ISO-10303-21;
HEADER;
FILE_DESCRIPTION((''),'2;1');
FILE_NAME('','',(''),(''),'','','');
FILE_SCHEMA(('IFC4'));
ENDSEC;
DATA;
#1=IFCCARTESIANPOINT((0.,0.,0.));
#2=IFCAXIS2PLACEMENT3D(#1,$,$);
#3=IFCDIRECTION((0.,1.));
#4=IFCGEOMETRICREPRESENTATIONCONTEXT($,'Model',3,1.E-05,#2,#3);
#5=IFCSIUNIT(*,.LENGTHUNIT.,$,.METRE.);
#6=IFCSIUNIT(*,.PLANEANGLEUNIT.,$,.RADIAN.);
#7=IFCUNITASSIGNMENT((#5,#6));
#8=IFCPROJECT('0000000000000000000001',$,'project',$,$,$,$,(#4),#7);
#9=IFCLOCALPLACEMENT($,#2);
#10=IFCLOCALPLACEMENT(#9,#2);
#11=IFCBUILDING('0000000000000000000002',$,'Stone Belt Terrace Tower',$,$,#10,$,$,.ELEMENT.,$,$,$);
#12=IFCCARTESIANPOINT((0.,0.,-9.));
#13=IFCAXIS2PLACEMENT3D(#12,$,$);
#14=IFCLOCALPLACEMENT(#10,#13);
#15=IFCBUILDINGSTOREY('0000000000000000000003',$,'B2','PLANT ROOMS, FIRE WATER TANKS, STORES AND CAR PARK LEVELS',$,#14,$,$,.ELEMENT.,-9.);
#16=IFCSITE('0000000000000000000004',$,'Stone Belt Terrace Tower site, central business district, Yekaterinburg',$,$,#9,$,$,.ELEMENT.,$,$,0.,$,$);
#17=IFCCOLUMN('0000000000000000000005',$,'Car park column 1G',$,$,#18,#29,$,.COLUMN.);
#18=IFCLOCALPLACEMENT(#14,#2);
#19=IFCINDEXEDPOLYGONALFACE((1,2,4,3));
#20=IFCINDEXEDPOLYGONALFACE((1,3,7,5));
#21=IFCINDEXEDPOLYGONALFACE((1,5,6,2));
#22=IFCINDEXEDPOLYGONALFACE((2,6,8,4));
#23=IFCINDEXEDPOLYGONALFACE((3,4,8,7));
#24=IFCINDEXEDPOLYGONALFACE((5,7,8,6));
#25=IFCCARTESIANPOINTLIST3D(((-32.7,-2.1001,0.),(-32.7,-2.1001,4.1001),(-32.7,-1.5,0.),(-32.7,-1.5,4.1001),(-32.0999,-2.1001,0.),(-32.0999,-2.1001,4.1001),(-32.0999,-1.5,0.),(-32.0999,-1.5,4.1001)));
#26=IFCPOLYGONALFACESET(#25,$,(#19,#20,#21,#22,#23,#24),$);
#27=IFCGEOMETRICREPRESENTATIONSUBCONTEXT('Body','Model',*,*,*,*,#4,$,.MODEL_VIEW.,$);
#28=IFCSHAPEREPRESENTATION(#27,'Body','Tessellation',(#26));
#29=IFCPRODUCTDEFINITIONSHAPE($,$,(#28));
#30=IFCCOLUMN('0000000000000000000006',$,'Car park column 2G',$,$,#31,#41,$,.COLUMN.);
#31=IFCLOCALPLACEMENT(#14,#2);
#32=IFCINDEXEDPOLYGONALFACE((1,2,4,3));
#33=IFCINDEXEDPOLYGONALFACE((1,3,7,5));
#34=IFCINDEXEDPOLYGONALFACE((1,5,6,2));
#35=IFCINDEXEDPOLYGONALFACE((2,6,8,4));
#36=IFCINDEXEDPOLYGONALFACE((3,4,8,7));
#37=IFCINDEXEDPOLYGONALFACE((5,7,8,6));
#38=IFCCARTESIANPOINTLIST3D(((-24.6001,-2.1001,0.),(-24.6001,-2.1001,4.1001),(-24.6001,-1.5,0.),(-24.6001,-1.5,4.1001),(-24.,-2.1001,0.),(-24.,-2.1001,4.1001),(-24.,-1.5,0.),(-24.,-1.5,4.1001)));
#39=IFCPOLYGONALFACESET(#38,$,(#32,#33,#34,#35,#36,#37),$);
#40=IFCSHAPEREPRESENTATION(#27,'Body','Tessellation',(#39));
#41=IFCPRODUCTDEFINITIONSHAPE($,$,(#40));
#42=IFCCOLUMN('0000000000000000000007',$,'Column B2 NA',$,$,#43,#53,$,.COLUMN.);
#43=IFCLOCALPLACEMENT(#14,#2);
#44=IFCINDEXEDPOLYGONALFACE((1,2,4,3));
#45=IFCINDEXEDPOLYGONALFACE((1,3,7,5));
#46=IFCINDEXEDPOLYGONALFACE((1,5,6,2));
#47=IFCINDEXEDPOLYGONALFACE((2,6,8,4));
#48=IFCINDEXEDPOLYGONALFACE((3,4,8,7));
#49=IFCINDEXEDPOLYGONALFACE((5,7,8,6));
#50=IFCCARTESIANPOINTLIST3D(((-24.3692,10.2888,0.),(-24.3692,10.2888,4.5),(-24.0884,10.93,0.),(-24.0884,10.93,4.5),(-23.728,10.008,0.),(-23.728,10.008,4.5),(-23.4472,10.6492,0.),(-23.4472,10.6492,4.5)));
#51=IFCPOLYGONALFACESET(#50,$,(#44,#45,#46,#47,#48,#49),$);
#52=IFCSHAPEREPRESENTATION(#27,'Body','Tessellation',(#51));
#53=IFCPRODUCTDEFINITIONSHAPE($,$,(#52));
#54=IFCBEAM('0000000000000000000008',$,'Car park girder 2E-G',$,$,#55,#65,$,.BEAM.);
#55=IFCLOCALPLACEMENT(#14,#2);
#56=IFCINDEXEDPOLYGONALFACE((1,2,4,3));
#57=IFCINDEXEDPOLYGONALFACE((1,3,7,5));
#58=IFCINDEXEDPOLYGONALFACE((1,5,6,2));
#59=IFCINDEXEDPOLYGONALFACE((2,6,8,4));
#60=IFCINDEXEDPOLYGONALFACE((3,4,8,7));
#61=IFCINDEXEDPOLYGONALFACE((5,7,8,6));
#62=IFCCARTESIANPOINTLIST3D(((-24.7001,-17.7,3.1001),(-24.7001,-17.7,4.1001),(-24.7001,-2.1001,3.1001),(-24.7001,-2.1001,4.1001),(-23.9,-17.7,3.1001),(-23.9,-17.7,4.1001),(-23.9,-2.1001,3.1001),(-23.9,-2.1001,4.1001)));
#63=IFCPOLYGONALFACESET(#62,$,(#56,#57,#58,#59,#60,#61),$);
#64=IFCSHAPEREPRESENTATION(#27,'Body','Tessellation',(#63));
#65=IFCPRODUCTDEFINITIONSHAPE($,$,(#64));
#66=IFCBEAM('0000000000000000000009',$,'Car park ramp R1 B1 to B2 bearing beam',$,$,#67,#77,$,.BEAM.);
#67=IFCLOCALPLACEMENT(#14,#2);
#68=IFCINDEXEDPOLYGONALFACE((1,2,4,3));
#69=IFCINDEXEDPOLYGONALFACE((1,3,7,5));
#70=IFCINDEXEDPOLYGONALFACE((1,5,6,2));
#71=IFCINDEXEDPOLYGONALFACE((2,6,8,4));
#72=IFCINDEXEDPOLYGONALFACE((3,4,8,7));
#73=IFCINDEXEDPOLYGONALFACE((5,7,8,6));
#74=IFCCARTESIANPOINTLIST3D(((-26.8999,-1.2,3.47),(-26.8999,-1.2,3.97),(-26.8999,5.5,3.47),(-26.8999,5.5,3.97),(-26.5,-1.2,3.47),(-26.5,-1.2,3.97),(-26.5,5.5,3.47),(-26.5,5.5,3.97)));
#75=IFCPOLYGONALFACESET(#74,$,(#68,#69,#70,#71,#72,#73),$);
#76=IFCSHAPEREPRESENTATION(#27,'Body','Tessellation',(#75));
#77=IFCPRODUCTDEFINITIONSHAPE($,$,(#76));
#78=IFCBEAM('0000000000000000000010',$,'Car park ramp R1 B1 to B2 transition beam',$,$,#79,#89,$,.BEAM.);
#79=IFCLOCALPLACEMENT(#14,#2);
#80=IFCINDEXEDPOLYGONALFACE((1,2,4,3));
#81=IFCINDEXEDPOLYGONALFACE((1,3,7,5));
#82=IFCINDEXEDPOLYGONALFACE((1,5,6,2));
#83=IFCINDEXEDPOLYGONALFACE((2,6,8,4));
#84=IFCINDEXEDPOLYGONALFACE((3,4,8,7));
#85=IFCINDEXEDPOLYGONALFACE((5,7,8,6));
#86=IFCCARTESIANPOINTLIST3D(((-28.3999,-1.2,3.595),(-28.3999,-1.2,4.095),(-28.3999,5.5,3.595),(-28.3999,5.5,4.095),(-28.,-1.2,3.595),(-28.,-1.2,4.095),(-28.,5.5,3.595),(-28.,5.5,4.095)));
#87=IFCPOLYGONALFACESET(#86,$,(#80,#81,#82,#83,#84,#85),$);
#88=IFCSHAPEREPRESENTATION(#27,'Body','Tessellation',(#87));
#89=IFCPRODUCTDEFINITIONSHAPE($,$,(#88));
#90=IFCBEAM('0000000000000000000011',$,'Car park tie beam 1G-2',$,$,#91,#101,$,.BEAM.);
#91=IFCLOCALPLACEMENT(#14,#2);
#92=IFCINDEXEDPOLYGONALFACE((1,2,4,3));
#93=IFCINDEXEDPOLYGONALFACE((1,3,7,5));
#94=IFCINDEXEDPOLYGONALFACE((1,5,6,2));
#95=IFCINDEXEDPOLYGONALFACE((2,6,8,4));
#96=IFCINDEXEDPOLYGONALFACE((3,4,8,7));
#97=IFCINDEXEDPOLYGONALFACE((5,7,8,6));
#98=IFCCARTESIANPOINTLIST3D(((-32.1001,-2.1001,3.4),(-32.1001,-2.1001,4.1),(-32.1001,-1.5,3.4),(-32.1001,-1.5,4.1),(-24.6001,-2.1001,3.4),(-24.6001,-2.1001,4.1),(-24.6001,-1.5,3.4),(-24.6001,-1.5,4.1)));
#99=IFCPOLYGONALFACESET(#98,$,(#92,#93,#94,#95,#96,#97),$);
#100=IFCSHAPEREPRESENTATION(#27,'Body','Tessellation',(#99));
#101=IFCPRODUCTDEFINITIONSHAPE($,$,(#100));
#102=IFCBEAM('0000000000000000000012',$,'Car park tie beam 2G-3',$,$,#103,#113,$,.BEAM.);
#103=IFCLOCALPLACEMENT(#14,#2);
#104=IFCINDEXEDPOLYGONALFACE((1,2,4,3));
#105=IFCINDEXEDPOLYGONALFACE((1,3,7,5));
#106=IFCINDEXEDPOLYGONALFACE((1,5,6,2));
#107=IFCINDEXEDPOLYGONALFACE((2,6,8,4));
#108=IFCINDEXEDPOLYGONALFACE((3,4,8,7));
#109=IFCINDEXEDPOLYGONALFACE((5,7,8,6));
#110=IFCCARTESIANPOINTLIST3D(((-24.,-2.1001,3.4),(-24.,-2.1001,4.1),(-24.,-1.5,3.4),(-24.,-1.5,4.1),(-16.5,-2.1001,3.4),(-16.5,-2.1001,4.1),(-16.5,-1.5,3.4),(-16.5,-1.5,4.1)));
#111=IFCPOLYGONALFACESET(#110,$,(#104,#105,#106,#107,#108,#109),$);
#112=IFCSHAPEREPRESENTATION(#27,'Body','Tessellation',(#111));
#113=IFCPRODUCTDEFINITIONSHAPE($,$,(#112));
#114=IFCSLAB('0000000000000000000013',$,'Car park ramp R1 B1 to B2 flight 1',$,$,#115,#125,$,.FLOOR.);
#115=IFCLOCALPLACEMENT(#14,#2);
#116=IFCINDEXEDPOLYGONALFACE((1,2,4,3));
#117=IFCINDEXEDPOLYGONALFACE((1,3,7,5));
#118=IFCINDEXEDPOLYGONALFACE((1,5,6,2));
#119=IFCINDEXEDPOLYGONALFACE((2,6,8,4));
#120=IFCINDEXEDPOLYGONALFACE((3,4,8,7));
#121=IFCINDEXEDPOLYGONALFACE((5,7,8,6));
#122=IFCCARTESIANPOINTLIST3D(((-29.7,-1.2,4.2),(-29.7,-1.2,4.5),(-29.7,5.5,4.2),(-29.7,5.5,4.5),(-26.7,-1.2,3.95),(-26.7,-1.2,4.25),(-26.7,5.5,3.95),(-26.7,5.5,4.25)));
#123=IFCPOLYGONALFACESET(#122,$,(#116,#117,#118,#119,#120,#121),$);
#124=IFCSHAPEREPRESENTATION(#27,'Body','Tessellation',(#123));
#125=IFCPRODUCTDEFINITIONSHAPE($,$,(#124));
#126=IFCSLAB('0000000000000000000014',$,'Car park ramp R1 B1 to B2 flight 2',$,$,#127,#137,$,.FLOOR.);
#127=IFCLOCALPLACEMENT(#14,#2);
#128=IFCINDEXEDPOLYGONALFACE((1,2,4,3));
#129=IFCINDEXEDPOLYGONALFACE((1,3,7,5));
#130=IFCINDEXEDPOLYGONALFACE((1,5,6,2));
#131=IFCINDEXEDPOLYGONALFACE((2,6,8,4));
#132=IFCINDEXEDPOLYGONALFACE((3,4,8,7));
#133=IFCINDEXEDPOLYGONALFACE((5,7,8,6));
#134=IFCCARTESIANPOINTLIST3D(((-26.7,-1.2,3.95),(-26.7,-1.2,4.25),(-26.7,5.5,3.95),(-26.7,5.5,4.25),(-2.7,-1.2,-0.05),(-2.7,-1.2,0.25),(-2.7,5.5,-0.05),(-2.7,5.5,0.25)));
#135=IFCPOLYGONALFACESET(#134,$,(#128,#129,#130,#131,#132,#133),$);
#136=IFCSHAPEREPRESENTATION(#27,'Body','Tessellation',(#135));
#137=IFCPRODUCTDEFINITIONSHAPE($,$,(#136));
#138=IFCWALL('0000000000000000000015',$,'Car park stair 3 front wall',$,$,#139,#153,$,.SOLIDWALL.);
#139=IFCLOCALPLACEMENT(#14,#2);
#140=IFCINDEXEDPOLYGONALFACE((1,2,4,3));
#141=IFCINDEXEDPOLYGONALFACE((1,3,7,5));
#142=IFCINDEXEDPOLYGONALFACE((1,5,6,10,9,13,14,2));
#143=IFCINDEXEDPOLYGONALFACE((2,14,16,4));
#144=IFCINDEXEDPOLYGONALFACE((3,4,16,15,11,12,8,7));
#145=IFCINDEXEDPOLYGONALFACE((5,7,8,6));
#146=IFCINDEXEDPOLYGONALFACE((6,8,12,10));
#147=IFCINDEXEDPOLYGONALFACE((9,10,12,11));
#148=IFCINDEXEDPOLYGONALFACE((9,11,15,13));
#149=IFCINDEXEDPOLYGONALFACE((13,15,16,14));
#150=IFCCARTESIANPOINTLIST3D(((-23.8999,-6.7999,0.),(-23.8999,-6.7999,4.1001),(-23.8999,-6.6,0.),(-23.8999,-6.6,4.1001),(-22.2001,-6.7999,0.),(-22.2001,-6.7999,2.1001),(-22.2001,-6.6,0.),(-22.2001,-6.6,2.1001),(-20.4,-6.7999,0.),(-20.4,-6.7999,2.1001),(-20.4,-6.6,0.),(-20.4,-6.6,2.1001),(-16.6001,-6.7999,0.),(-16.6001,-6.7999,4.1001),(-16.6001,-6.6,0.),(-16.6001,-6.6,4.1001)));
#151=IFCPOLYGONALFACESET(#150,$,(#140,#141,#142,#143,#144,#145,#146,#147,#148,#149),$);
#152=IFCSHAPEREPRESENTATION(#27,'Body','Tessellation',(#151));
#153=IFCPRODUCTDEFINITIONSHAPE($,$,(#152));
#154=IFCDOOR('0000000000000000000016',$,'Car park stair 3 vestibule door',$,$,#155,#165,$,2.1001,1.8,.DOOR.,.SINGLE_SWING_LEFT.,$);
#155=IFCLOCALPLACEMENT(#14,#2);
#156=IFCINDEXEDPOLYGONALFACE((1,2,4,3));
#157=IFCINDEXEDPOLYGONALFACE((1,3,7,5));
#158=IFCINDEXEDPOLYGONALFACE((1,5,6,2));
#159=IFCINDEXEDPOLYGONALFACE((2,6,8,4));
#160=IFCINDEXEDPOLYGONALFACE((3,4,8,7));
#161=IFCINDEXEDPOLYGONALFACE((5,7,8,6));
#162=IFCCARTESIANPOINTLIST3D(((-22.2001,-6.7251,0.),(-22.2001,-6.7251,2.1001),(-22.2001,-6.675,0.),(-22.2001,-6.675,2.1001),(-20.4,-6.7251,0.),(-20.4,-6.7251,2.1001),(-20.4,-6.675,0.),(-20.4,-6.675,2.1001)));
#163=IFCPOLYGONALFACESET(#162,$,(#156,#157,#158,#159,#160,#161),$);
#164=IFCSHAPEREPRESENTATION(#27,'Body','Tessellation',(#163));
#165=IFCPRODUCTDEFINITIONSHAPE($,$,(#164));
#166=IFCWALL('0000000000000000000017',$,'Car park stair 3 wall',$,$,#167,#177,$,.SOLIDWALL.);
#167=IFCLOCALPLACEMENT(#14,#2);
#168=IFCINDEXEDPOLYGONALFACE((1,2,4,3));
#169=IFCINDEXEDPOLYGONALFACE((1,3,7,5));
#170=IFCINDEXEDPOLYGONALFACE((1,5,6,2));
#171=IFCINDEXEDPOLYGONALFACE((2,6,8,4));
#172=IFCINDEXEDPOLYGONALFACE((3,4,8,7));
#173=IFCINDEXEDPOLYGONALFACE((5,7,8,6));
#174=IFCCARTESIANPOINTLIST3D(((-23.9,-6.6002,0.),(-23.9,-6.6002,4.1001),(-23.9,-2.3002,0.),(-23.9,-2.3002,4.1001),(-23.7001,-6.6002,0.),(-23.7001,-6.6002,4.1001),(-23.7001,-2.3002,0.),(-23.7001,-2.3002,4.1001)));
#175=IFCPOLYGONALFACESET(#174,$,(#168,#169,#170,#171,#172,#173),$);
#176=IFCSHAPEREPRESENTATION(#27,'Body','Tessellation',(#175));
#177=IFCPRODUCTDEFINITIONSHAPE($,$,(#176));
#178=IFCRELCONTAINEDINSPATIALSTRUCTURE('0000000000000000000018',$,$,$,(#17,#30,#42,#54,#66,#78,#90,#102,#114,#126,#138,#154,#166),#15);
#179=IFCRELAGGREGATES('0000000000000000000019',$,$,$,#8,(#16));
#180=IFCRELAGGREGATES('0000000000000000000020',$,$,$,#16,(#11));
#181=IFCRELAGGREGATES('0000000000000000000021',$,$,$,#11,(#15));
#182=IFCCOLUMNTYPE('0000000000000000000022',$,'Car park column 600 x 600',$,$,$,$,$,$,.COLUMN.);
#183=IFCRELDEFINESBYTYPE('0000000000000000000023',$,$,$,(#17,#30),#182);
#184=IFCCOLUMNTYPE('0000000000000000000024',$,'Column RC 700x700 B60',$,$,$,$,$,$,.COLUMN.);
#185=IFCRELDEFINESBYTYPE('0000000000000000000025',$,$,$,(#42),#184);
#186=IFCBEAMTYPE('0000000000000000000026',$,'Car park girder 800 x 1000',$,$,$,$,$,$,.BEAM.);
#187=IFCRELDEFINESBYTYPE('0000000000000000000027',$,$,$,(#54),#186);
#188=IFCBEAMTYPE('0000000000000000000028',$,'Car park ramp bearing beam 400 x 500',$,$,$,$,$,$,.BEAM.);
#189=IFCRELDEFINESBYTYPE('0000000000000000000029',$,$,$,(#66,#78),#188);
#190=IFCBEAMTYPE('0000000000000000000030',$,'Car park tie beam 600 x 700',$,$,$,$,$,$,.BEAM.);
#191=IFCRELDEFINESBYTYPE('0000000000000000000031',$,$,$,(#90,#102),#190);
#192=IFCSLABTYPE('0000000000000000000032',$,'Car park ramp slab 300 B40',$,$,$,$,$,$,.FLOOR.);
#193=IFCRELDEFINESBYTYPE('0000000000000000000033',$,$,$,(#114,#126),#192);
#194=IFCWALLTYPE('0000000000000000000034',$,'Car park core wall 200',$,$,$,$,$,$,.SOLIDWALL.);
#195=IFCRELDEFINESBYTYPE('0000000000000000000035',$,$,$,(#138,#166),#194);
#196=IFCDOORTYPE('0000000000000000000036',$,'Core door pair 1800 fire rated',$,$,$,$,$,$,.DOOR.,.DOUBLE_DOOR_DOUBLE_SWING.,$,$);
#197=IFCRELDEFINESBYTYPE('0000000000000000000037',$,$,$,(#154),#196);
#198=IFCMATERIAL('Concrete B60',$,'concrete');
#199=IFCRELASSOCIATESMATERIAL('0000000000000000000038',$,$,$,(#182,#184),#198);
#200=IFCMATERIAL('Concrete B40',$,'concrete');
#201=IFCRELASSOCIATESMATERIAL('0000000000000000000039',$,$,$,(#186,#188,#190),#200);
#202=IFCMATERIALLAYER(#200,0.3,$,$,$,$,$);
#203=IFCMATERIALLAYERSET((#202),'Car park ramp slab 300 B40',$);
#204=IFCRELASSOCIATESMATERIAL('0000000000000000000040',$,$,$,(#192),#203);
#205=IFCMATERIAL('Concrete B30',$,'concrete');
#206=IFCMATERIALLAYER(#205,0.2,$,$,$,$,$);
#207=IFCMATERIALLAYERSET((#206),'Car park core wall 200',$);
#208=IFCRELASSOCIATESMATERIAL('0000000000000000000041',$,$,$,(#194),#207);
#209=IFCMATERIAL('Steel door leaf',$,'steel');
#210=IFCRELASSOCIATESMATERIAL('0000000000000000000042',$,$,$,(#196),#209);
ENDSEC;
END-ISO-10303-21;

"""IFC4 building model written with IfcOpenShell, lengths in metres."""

from ifc_helpers import new_model, si_unit, direction, frame, frame_2d, origin, origin_2d, place, context, subcontext, project, spatial, polyline, rectangle, outline, extrude, material, layer, layer_set, material_profile, profile_set, type_object, element, fill, save


model = new_model("IFC4")

# Units and contexts
model_context = context("Model", 3, precision=1e-05, world=origin(), true_north=direction((0.0, 1.0)))
body_context = subcontext(model_context, "Body", "Model", "MODEL_VIEW")
ifc_project = project(units=[si_unit("LENGTHUNIT", "METRE"), si_unit("PLANEANGLEUNIT", "RADIAN")], contexts=[model_context])

# Site, building, storey
site_placement = place(None, origin())
site = spatial("IfcSite", under=ifc_project, at=site_placement, Name="Stone Belt Terrace Tower site, central business district, Yekaterinburg", CompositionType="ELEMENT", RefElevation=0.0)
building_placement = place(site_placement, origin())
building = spatial("IfcBuilding", under=site, at=building_placement, Name="Stone Belt Terrace Tower", CompositionType="ELEMENT")
storey_placement = place(building_placement, frame((0.0, 0.0, -9.0)))
storey = spatial("IfcBuildingStorey", under=building, at=storey_placement, Name="B2", Description="PLANT ROOMS, FIRE WATER TANKS, STORES AND CAR PARK LEVELS", CompositionType="ELEMENT", Elevation=-9.0)

# Columns
ifc_material_1 = material(Name="Concrete B60", Category="concrete")
ifc_material_profile_1 = material_profile(ifc_material_1, rectangle(XDim=0.6001, YDim=0.6001, at=origin_2d()), Name="Car park column 600 x 600")
ifc_profile_set_1 = profile_set([ifc_material_profile_1], Name="Concrete B60")
column_type_1 = type_object("IfcColumnType", Name="Car park column 600 x 600", PredefinedType="COLUMN", material=ifc_profile_set_1)
for number, where, z_axis, x_axis, name in (
    (1, (-32.3999, -1.8, 0.0), (0.0, 0.0, 1.0), (1.0, 0.0, 0.0), "Car park column 1G"),
    (2, (-24.3, -1.8, 0.0), (0.0, 0.0, 1.0), (1.0, 0.0, 0.0), "Car park column 2G"),
):
    element("IfcColumn", number, at=place(storey_placement, frame(where, z_axis=z_axis, x_axis=x_axis)), inside=storey, type_object=column_type_1, Name=name, PredefinedType="COLUMN", context=body_context, shape_type="SweptSolid", body=[
        extrude(rectangle(XDim=0.6001, YDim=0.6001, at=origin_2d()), origin(), (0.0, 0.0, 1.0), 4.1001),
    ])
ifc_material_profile_2 = material_profile(ifc_material_1, rectangle(XDim=0.7, YDim=0.7, at=origin_2d()), Name="RC 700x700")
ifc_profile_set_2 = profile_set([ifc_material_profile_2], Name="Concrete B60")
column_type_2 = type_object("IfcColumnType", Name="Column RC 700x700 B60", PredefinedType="COLUMN", material=ifc_profile_set_2)
column_placement = place(storey_placement, frame((-23.9082, 10.469, 0.0), z_axis=(0.0, 0.0, 1.0), x_axis=(0.401115, 0.916028, 0.0)))
element("IfcColumn", 3, at=column_placement, inside=storey, type_object=column_type_2, Name="Column B2 NA", PredefinedType="COLUMN", context=body_context, shape_type="SweptSolid", body=[
    extrude(rectangle(XDim=0.7, YDim=0.7, at=origin_2d()), origin(), (0.0, 0.0, 1.0), 4.5),
])

# Beams
ifc_material_2 = material(Name="Concrete B40", Category="concrete")
ifc_material_profile_3 = material_profile(ifc_material_2, rectangle(XDim=0.8, YDim=1.0, at=origin_2d()), Name="Car park girder 800 x 1000")
ifc_profile_set_3 = profile_set([ifc_material_profile_3], Name="Concrete B40")
beam_type_1 = type_object("IfcBeamType", Name="Car park girder 800 x 1000", PredefinedType="BEAM", material=ifc_profile_set_3)
beam_placement = place(storey_placement, frame((-24.3, -17.7, 3.6001), z_axis=(0.0, 1.0, 0.0), x_axis=(-1.0, 0.0, 0.0)))
element("IfcBeam", 4, at=beam_placement, inside=storey, type_object=beam_type_1, Name="Car park girder 2E-G", PredefinedType="BEAM", context=body_context, shape_type="SweptSolid", body=[
    extrude(rectangle(XDim=0.8, YDim=1.0, at=origin_2d()), origin(), (0.0, 0.0, 1.0), 15.5999),
])
ifc_material_profile_4 = material_profile(ifc_material_2, rectangle(XDim=0.3999, YDim=0.5, at=origin_2d()), Name="Car park ramp bearing beam 400 x 500")
ifc_profile_set_4 = profile_set([ifc_material_profile_4], Name="Concrete B40")
beam_type_2 = type_object("IfcBeamType", Name="Car park ramp bearing beam 400 x 500", PredefinedType="BEAM", material=ifc_profile_set_4)
for number, where, z_axis, x_axis, name in (
    (5, (-26.7, -1.2, 3.72), (0.0, 1.0, 0.0), (-1.0, 0.0, 0.0), "Car park ramp R1 B1 to B2 bearing beam"),
    (6, (-28.2, -1.2, 3.845), (0.0, 1.0, 0.0), (-1.0, 0.0, 0.0), "Car park ramp R1 B1 to B2 transition beam"),
):
    element("IfcBeam", number, at=place(storey_placement, frame(where, z_axis=z_axis, x_axis=x_axis)), inside=storey, type_object=beam_type_2, Name=name, PredefinedType="BEAM", context=body_context, shape_type="SweptSolid", body=[
        extrude(rectangle(XDim=0.3999, YDim=0.5, at=origin_2d()), origin(), (0.0, 0.0, 1.0), 6.7),
    ])
ifc_material_profile_5 = material_profile(ifc_material_2, rectangle(XDim=0.6001, YDim=0.7, at=origin_2d()), Name="Car park tie beam 600 x 700")
ifc_profile_set_5 = profile_set([ifc_material_profile_5], Name="Concrete B40")
beam_type_3 = type_object("IfcBeamType", Name="Car park tie beam 600 x 700", PredefinedType="BEAM", material=ifc_profile_set_5)
for number, where, z_axis, x_axis, name in (
    (7, (-32.1001, -1.8, 3.75), (1.0, 0.0, 0.0), (0.0, 1.0, 0.0), "Car park tie beam 1G-2"),
    (8, (-24.0, -1.8, 3.75), (1.0, 0.0, 0.0), (0.0, 1.0, 0.0), "Car park tie beam 2G-3"),
):
    element("IfcBeam", number, at=place(storey_placement, frame(where, z_axis=z_axis, x_axis=x_axis)), inside=storey, type_object=beam_type_3, Name=name, PredefinedType="BEAM", context=body_context, shape_type="SweptSolid", body=[
        extrude(rectangle(XDim=0.6001, YDim=0.7, at=origin_2d()), origin(), (0.0, 0.0, 1.0), 7.5),
    ])

# Slabs
ifc_layer_1 = layer(ifc_material_2, 0.3)
ifc_layer_set_1 = layer_set([ifc_layer_1], Name="Car park ramp slab 300 B40")
slab_type = type_object("IfcSlabType", Name="Car park ramp slab 300 B40", PredefinedType="FLOOR", material=ifc_layer_set_1)
slab_1_placement = place(storey_placement, frame((-29.7, -1.2, 4.2), z_axis=(0.0, -1.0, 0.0), x_axis=(0.996546, 0.0, -0.083045)))
element("IfcSlab", 9, at=slab_1_placement, inside=storey, type_object=slab_type, Name="Car park ramp R1 B1 to B2 flight 1", PredefinedType="FLOOR", context=body_context, shape_type="SweptSolid", body=[
    extrude(outline(polyline([(0.0, 0.0), (3.0104, 0.0), (2.9855, 0.299), (-0.0249, 0.299), (0.0, 0.0)])), origin(), (0.0, 0.0, -1.0), 6.7),
])
slab_2_placement = place(storey_placement, frame((-26.7, -1.2, 3.95), z_axis=(0.0, -1.0, 0.0), x_axis=(0.986394, 0.0, -0.164399)))
element("IfcSlab", 10, at=slab_2_placement, inside=storey, type_object=slab_type, Name="Car park ramp R1 B1 to B2 flight 2", PredefinedType="FLOOR", context=body_context, shape_type="SweptSolid", body=[
    extrude(outline(polyline([(0.0, 0.0), (24.3311, 0.0), (24.2817, 0.296), (-0.0493, 0.296), (0.0, 0.0)])), origin(), (0.0, 0.0, -1.0), 6.7),
])

# Wall, opening, door
ifc_material_3 = material(Name="Concrete B30", Category="concrete")
ifc_layer_2 = layer(ifc_material_3, 0.2)
ifc_layer_set_2 = layer_set([ifc_layer_2], Name="Car park core wall 200")
wall_type_1 = type_object("IfcWallType", Name="Car park core wall 200", PredefinedType="SOLIDWALL", material=ifc_layer_set_2)
wall_1_placement = place(storey_placement, frame((-23.8999, -6.7, 0.0), z_axis=(0.0, 0.0, 1.0), x_axis=(1.0, 0.0, 0.0)))
wall_1 = element("IfcWall", 11, at=wall_1_placement, inside=storey, type_object=wall_type_1, Name="Car park stair 3 front wall", PredefinedType="SOLIDWALL", context=body_context, shape_type="SweptSolid", body=[
    extrude(rectangle(XDim=7.2998, YDim=0.2, at=frame_2d((3.6499, 0.0))), origin(), (0.0, 0.0, 1.0), 4.1001),
])
opening_1_placement = place(wall_1_placement, frame((1.7, 0.0, 0.0)))
opening_1 = element("IfcOpeningElement", 12, at=opening_1_placement, cuts=wall_1, PredefinedType="OPENING", context=body_context, shape_type="SweptSolid", body=[
    extrude(rectangle(XDim=1.8, YDim=2.1001, at=frame_2d((0.8999, 1.05))), frame((0.0, 0.1099, 0.0), z_axis=(0.0, -1.0, 0.0), x_axis=(1.0, 0.0, 0.0)), (0.0, 0.0, 1.0), 0.22),
])
ifc_material_4 = material(Name="Steel door leaf", Category="steel")
door_type_1 = type_object("IfcDoorType", Name="Core door pair 1800 fire rated", OperationType="DOUBLE_DOOR_DOUBLE_SWING", PredefinedType="DOOR", material=ifc_material_4)
door_1_placement = place(opening_1_placement, origin())
door_1 = element("IfcDoor", 13, at=door_1_placement, inside=storey, type_object=door_type_1, Name="Car park stair 3 vestibule door", OperationType="SINGLE_SWING_LEFT", OverallHeight=2.1001, OverallWidth=1.8, PredefinedType="DOOR", context=body_context, shape_type="SweptSolid", body=[
    extrude(rectangle(XDim=1.8, YDim=2.1001, at=frame_2d((0.8999, 1.05))), frame((0.0, 0.0249, 0.0), z_axis=(0.0, -1.0, 0.0), x_axis=(1.0, 0.0, 0.0)), (0.0, 0.0, 1.0), 0.05),
])
fill(opening_1, door_1)

# Wall
wall_2_placement = place(storey_placement, frame((-23.8, -6.6001, 0.0), z_axis=(0.0, 0.0, 1.0), x_axis=(0.0, 1.0, 0.0)))
element("IfcWall", 14, at=wall_2_placement, inside=storey, type_object=wall_type_1, Name="Car park stair 3 wall", PredefinedType="SOLIDWALL", context=body_context, shape_type="SweptSolid", body=[
    extrude(rectangle(XDim=4.3, YDim=0.2, at=frame_2d((2.1499, 0.0))), origin(), (0.0, 0.0, 1.0), 4.1001),
])

save(model, "model.ifc")
